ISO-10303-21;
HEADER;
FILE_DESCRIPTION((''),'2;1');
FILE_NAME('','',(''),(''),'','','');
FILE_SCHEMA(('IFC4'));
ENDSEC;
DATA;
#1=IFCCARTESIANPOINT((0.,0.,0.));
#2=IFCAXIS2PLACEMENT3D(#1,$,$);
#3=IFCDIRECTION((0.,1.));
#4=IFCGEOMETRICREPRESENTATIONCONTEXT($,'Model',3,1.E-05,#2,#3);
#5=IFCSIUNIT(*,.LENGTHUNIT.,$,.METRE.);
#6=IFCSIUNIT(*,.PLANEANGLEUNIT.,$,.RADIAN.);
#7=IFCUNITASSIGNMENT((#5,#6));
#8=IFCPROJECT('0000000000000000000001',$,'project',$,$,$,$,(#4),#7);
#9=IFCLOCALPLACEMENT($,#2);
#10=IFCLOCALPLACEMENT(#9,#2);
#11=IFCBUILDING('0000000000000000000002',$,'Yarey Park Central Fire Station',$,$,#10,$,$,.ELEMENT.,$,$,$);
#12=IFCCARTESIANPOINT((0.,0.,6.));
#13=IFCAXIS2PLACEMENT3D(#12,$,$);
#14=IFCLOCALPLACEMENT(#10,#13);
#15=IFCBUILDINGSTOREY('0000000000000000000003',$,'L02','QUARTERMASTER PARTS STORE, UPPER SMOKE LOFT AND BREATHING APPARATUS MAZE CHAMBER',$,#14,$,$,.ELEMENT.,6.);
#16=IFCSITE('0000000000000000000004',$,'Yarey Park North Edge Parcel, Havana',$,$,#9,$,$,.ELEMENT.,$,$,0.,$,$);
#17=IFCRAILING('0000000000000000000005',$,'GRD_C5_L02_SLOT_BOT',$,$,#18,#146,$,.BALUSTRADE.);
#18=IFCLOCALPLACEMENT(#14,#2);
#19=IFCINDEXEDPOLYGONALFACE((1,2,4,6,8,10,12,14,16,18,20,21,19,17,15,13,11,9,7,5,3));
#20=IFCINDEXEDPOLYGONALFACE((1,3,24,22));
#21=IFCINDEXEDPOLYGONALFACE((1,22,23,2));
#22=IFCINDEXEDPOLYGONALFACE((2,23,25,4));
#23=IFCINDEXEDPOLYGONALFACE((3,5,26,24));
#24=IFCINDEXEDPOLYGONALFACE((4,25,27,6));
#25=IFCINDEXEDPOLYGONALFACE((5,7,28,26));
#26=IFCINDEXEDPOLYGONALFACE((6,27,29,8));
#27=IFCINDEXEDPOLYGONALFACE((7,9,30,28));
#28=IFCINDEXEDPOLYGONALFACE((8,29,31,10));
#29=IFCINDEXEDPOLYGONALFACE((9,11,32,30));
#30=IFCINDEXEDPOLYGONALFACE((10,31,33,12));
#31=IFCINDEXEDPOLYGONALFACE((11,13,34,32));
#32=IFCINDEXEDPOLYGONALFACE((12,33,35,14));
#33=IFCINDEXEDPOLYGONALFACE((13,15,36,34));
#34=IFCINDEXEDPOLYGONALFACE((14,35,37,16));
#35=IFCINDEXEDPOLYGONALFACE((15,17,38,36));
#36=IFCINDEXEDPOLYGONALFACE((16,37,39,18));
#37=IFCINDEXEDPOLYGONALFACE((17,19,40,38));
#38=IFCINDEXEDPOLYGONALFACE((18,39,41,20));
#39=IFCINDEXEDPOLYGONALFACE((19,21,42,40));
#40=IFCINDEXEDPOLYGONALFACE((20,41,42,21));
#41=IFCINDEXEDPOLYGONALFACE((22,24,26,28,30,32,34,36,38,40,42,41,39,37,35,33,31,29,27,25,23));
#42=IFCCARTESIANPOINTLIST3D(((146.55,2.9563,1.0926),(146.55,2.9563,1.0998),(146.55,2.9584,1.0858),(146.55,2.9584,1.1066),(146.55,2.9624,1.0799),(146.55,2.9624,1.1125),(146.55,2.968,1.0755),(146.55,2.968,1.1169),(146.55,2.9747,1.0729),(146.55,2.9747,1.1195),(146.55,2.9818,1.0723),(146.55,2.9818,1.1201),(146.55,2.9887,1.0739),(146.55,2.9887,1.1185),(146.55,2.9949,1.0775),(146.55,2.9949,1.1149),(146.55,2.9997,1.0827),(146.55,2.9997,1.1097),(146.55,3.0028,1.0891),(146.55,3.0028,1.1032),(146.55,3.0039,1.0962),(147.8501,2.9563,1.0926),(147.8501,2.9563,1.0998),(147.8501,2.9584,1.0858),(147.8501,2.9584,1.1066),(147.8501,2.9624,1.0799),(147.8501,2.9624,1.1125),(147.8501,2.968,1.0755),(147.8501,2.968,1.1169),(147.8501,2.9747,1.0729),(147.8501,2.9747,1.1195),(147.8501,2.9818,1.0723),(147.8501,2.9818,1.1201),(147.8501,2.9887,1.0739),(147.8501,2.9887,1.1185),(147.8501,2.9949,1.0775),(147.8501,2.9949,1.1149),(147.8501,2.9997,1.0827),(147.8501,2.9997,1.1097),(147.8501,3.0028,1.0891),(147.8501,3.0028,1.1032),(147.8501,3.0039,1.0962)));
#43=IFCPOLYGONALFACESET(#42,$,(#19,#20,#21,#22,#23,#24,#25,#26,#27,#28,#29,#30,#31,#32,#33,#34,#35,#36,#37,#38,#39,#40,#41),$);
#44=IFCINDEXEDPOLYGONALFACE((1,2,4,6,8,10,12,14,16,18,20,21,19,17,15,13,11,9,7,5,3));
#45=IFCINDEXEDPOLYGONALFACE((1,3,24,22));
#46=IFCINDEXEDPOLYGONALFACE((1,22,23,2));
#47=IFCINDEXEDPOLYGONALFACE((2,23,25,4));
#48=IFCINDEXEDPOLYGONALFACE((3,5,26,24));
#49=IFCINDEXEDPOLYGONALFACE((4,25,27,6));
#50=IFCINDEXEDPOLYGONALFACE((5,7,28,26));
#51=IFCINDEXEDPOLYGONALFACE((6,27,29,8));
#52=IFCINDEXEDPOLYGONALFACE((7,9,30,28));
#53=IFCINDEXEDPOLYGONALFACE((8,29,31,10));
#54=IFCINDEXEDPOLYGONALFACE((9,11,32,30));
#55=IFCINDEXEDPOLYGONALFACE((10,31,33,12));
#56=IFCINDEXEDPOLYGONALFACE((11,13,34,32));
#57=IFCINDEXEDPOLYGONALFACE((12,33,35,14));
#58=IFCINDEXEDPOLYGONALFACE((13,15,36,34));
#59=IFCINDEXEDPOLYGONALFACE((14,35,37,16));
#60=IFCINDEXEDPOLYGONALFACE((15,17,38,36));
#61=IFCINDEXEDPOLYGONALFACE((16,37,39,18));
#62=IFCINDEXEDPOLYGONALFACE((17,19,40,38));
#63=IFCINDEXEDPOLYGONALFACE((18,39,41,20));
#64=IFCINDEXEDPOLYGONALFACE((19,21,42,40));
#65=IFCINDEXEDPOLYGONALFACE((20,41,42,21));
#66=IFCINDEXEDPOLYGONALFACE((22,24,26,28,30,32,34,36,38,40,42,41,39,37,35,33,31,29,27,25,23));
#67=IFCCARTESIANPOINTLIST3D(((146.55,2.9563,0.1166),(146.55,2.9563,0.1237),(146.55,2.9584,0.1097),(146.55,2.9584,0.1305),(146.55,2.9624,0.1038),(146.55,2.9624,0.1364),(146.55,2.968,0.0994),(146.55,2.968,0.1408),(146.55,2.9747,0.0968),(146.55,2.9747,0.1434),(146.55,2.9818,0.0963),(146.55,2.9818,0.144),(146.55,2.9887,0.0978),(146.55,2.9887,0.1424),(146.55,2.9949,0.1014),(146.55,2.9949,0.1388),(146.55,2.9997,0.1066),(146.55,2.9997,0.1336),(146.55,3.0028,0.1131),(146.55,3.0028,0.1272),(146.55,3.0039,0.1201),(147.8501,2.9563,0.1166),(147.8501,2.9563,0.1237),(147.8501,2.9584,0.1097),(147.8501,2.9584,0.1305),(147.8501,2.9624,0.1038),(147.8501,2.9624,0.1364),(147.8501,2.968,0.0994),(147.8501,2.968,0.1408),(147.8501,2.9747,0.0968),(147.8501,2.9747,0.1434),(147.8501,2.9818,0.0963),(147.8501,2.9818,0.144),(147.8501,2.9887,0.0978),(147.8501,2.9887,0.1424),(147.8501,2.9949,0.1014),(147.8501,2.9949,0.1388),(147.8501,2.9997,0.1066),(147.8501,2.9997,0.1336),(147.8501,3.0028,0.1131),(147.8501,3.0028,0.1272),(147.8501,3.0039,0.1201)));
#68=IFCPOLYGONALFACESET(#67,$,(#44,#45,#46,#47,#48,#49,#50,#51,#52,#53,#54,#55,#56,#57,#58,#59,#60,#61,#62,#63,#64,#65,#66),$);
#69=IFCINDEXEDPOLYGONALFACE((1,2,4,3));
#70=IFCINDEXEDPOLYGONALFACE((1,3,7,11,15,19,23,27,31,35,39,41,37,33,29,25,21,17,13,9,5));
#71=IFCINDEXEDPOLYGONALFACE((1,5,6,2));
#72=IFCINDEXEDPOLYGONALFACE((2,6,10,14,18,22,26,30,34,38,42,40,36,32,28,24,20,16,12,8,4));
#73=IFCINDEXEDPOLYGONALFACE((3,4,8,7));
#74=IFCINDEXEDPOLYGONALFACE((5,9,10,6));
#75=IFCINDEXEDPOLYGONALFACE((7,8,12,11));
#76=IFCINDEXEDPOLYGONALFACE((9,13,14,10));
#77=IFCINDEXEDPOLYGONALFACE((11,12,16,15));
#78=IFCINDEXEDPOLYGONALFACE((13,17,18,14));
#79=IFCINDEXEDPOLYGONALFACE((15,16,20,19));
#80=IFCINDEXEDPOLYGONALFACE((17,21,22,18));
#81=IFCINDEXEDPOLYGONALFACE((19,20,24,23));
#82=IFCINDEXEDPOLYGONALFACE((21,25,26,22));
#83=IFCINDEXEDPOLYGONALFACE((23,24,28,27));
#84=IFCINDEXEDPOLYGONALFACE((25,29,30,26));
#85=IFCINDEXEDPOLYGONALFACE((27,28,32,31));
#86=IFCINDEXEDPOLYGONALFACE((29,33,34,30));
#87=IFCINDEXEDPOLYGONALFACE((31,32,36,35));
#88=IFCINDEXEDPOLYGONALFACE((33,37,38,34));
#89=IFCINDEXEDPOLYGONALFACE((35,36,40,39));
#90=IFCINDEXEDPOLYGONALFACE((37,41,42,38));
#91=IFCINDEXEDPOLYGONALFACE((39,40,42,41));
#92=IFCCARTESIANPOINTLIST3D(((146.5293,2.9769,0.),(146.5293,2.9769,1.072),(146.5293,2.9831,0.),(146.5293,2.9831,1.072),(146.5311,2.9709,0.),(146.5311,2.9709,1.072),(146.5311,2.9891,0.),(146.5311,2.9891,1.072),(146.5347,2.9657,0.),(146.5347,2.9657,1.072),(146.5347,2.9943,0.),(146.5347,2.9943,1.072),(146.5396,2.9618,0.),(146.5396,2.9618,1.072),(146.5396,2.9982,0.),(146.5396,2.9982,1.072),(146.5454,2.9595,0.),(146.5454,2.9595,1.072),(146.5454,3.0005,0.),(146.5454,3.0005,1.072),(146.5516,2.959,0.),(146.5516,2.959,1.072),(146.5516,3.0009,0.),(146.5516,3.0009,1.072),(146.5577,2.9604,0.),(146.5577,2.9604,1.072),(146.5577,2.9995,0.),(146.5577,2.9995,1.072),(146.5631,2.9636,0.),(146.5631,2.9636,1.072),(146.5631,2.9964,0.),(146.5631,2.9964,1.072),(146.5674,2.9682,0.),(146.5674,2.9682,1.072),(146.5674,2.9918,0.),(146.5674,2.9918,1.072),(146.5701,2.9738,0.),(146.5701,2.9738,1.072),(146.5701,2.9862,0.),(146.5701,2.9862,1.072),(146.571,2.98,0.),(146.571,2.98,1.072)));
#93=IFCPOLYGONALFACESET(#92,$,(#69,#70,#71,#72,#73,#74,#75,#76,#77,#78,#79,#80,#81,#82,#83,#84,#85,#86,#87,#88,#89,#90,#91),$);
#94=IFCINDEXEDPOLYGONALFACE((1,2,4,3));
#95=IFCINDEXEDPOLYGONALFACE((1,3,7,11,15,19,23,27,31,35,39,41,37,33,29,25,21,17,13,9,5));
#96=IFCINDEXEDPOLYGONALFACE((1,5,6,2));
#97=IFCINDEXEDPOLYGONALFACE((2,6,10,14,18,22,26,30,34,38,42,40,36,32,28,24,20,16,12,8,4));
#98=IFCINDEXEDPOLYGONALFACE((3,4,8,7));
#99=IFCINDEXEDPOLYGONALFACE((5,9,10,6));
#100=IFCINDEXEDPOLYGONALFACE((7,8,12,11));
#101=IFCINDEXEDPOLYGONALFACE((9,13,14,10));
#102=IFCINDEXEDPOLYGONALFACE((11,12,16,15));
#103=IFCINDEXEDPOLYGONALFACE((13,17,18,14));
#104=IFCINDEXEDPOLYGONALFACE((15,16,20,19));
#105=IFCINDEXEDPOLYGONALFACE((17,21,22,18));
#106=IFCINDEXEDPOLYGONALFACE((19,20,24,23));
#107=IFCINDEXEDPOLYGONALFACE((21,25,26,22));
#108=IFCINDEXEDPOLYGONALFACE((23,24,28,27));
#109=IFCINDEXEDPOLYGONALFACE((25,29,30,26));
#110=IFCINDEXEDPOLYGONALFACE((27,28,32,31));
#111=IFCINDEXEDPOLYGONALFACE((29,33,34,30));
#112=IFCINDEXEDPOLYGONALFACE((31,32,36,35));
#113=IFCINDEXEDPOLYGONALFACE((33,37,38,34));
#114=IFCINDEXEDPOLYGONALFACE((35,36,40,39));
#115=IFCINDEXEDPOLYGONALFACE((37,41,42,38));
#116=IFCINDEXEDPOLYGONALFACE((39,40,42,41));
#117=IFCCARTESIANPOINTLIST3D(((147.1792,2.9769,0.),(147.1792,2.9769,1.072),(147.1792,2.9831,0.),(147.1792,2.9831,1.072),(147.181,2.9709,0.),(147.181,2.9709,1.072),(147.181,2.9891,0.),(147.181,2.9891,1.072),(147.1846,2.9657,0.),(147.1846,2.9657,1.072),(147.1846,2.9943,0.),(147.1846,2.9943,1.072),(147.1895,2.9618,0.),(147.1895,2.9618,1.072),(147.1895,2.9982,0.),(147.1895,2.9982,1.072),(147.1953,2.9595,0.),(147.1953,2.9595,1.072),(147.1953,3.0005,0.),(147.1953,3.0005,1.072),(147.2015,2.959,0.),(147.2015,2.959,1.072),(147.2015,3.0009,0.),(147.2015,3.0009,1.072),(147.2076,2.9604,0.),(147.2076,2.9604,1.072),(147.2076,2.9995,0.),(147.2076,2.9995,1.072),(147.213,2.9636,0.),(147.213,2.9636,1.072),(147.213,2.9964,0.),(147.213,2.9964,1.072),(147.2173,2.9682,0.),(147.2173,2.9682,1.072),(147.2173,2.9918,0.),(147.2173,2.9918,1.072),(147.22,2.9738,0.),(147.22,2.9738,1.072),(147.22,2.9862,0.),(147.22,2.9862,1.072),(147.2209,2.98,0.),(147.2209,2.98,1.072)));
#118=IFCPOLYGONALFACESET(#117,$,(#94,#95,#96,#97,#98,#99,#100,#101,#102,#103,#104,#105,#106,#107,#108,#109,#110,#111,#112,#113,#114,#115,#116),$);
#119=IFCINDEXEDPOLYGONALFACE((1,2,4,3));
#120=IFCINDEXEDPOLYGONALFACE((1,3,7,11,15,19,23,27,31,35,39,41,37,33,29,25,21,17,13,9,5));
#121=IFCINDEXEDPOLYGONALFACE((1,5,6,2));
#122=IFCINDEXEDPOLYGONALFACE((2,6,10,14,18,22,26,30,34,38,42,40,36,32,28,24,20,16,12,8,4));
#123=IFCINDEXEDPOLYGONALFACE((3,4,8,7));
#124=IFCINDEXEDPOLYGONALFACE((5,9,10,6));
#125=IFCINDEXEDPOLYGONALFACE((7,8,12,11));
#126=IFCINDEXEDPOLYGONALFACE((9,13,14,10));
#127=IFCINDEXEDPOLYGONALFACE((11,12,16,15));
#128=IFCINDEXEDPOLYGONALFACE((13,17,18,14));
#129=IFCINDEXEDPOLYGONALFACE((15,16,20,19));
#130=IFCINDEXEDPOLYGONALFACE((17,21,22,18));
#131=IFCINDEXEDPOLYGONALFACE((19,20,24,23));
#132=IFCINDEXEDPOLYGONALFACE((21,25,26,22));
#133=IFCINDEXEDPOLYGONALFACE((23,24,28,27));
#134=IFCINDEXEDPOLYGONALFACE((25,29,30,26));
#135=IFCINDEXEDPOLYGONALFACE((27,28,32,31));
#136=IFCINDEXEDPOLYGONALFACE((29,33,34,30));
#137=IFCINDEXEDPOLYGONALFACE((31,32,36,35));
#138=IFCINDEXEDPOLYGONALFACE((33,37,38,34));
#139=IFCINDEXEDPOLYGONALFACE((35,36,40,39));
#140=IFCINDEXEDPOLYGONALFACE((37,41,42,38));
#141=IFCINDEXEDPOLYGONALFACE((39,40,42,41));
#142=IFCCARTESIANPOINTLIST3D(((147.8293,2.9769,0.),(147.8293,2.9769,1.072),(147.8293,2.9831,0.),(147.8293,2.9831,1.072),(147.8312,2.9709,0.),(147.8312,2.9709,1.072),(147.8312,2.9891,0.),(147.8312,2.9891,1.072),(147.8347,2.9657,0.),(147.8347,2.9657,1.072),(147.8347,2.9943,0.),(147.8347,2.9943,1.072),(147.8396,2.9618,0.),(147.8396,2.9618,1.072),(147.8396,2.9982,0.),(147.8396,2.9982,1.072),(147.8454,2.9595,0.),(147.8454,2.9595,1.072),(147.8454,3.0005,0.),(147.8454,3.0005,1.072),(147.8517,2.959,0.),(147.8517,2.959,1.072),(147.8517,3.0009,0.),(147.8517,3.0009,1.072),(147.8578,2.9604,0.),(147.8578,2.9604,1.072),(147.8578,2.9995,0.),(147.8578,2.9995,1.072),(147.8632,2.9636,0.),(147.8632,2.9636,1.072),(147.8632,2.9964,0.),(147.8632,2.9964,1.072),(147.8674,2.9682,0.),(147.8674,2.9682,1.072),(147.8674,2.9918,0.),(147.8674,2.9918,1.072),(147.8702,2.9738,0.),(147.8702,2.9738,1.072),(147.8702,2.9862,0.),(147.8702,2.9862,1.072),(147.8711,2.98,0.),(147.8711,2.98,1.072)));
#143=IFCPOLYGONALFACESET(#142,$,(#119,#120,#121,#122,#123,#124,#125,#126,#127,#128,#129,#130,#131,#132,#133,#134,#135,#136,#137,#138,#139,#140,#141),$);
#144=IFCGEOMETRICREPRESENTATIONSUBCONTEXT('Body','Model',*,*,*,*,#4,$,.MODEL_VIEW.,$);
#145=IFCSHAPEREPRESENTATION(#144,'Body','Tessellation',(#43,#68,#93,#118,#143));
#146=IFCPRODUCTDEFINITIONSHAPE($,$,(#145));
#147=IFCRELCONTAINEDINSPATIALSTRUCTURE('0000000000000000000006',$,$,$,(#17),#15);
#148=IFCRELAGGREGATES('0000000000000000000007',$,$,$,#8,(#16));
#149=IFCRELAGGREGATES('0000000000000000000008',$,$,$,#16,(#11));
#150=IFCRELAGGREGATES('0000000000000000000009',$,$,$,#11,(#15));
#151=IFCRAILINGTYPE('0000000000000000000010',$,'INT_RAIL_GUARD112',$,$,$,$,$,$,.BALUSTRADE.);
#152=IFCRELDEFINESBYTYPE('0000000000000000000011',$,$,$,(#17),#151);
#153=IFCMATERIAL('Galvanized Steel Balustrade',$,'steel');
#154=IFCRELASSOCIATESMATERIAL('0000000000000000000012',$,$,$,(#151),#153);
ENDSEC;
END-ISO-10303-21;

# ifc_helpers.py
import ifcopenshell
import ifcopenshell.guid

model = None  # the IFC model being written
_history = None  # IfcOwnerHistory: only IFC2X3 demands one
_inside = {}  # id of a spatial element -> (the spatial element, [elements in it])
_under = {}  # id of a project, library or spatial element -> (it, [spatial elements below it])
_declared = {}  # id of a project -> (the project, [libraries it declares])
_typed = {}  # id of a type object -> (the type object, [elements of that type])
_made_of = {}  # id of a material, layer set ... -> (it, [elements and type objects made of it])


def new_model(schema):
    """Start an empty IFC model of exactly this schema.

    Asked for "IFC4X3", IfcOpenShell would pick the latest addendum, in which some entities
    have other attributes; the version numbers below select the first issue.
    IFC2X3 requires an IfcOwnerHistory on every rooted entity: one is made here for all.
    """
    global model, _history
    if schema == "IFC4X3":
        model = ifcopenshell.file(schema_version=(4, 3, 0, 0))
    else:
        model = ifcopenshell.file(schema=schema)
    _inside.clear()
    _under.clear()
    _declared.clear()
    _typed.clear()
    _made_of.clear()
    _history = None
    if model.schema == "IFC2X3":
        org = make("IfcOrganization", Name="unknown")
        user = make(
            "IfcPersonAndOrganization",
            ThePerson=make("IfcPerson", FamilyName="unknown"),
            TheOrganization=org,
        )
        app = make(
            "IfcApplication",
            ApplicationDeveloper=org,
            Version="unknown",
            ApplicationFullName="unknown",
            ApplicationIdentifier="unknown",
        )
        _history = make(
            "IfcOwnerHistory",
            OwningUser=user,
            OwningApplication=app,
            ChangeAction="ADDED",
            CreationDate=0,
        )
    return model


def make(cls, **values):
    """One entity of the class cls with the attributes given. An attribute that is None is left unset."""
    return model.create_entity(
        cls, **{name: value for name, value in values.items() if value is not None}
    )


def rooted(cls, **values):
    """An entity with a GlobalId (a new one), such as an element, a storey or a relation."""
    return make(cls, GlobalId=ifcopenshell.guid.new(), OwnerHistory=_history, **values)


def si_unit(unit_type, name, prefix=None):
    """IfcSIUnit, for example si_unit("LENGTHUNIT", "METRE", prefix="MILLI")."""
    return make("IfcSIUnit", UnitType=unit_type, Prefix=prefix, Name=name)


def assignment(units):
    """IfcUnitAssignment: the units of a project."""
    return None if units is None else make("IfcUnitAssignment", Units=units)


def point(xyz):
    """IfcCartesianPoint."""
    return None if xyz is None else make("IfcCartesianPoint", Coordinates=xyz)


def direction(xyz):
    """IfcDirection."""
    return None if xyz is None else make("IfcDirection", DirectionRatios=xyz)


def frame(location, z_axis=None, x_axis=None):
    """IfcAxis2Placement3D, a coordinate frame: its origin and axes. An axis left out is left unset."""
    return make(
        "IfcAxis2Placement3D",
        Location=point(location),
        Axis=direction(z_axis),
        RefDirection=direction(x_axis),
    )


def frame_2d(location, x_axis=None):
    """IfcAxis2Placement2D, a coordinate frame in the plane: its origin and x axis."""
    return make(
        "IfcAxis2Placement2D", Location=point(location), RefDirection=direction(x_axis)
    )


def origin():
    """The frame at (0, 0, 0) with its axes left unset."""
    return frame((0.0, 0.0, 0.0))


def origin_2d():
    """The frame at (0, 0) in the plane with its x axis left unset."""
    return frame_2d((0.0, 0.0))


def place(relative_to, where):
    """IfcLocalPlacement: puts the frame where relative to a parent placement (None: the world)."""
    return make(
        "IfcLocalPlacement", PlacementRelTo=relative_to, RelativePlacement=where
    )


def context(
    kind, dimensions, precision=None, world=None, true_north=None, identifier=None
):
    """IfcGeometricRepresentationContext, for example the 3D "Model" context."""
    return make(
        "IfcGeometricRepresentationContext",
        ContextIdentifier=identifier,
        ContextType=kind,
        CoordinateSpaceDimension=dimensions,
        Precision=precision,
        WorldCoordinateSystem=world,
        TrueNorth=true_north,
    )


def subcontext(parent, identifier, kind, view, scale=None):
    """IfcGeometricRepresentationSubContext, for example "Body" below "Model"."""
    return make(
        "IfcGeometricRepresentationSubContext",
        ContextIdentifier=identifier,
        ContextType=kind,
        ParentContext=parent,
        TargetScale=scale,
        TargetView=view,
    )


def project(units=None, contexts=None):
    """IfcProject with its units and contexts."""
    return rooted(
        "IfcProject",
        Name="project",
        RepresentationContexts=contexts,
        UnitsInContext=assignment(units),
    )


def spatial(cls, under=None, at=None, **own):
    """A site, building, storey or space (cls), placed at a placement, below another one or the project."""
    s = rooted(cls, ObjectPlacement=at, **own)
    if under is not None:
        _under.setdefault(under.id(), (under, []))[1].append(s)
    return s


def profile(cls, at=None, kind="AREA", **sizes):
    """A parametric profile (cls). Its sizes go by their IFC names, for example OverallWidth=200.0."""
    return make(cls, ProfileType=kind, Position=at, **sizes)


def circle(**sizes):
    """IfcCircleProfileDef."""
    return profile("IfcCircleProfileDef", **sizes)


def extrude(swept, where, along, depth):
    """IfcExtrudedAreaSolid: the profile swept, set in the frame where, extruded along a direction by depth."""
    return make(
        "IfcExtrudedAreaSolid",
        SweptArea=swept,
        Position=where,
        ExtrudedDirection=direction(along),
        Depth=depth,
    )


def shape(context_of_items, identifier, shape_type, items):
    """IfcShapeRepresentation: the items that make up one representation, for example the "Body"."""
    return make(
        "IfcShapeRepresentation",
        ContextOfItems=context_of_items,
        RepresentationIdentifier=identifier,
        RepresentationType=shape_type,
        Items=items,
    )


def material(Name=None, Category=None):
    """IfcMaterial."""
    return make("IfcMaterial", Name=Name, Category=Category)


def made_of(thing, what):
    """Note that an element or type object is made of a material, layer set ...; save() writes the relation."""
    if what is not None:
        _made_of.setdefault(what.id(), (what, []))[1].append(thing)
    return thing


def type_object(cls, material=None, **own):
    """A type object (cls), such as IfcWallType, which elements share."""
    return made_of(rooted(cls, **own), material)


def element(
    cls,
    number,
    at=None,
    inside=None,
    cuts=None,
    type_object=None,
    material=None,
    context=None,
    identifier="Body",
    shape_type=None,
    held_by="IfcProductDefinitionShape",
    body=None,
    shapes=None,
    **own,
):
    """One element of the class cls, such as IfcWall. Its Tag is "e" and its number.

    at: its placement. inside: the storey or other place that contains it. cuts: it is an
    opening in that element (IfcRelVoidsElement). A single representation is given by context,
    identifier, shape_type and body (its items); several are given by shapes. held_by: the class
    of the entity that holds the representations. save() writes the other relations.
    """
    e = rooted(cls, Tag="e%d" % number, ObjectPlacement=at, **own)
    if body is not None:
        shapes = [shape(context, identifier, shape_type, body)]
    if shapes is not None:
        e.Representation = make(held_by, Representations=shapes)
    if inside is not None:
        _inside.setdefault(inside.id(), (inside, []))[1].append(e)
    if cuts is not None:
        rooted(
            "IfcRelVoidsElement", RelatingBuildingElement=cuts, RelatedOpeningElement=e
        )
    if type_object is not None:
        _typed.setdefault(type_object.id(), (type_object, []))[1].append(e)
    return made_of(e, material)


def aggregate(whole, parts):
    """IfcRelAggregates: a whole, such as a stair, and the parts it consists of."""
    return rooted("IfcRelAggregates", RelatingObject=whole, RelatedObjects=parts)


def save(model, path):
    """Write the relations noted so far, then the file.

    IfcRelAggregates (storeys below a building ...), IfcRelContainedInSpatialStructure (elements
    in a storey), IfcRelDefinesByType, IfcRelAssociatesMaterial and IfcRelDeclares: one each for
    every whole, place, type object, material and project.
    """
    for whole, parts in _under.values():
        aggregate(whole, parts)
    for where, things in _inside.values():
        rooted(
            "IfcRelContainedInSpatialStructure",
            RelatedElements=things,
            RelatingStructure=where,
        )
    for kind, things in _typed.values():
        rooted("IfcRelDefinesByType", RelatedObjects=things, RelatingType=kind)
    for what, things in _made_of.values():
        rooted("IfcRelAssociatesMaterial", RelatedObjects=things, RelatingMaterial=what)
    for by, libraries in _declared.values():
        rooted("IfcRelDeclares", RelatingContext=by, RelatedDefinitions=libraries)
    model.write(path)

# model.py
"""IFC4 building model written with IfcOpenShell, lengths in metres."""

from ifc_helpers import new_model, si_unit, direction, frame, origin, origin_2d, place, context, subcontext, project, spatial, circle, extrude, material, type_object, element, save


model = new_model("IFC4")

# Units and contexts
model_context = context("Model", 3, precision=1e-05, world=origin(), true_north=direction((0.0, 1.0)))
body_context = subcontext(model_context, "Body", "Model", "MODEL_VIEW")
ifc_project = project(units=[si_unit("LENGTHUNIT", "METRE"), si_unit("PLANEANGLEUNIT", "RADIAN")], contexts=[model_context])

# Site, building, storey
site_placement = place(None, origin())
site = spatial("IfcSite", under=ifc_project, at=site_placement, Name="Yarey Park North Edge Parcel, Havana", CompositionType="ELEMENT", RefElevation=0.0)
building_placement = place(site_placement, origin())
building = spatial("IfcBuilding", under=site, at=building_placement, Name="Yarey Park Central Fire Station", CompositionType="ELEMENT")
storey_placement = place(building_placement, frame((0.0, 0.0, 6.0)))
storey = spatial("IfcBuildingStorey", under=building, at=storey_placement, Name="L02", Description="QUARTERMASTER PARTS STORE, UPPER SMOKE LOFT AND BREATHING APPARATUS MAZE CHAMBER", CompositionType="ELEMENT", Elevation=6.0)

# Railing
ifc_material_1 = material(Name="Galvanized Steel Balustrade", Category="steel")
railing_type_1 = type_object("IfcRailingType", Name="INT_RAIL_GUARD112", PredefinedType="BALUSTRADE", material=ifc_material_1)
for number, where, name in (
    (1, (146.55, 2.98, 0.0), "GRD_C5_L02_SLOT_BOT"),
):
    element("IfcRailing", number, at=place(storey_placement, frame(where)), inside=storey, type_object=railing_type_1, Name=name, PredefinedType="BALUSTRADE", context=body_context, shape_type="SweptSolid", body=[
        extrude(circle(Radius=0.0239, at=origin_2d()), frame((0.0, 0.0, 1.0962), z_axis=(1.0, 0.0, 0.0), x_axis=(0.0, 1.0, 0.0)), (0.0, 0.0, 1.0), 1.3),
        extrude(circle(Radius=0.0239, at=origin_2d()), frame((0.0, 0.0, 0.1201), z_axis=(1.0, 0.0, 0.0), x_axis=(0.0, 1.0, 0.0)), (0.0, 0.0, 1.0), 1.3),
        extrude(circle(Radius=0.021, at=origin_2d()), origin(), (0.0, 0.0, 1.0), 1.072),
        extrude(circle(Radius=0.021, at=origin_2d()), frame((0.6499, 0.0, 0.0)), (0.0, 0.0, 1.0), 1.072),
        extrude(circle(Radius=0.021, at=origin_2d()), frame((1.3, 0.0, 0.0)), (0.0, 0.0, 1.0), 1.072),
    ])

save(model, "model.ifc")
